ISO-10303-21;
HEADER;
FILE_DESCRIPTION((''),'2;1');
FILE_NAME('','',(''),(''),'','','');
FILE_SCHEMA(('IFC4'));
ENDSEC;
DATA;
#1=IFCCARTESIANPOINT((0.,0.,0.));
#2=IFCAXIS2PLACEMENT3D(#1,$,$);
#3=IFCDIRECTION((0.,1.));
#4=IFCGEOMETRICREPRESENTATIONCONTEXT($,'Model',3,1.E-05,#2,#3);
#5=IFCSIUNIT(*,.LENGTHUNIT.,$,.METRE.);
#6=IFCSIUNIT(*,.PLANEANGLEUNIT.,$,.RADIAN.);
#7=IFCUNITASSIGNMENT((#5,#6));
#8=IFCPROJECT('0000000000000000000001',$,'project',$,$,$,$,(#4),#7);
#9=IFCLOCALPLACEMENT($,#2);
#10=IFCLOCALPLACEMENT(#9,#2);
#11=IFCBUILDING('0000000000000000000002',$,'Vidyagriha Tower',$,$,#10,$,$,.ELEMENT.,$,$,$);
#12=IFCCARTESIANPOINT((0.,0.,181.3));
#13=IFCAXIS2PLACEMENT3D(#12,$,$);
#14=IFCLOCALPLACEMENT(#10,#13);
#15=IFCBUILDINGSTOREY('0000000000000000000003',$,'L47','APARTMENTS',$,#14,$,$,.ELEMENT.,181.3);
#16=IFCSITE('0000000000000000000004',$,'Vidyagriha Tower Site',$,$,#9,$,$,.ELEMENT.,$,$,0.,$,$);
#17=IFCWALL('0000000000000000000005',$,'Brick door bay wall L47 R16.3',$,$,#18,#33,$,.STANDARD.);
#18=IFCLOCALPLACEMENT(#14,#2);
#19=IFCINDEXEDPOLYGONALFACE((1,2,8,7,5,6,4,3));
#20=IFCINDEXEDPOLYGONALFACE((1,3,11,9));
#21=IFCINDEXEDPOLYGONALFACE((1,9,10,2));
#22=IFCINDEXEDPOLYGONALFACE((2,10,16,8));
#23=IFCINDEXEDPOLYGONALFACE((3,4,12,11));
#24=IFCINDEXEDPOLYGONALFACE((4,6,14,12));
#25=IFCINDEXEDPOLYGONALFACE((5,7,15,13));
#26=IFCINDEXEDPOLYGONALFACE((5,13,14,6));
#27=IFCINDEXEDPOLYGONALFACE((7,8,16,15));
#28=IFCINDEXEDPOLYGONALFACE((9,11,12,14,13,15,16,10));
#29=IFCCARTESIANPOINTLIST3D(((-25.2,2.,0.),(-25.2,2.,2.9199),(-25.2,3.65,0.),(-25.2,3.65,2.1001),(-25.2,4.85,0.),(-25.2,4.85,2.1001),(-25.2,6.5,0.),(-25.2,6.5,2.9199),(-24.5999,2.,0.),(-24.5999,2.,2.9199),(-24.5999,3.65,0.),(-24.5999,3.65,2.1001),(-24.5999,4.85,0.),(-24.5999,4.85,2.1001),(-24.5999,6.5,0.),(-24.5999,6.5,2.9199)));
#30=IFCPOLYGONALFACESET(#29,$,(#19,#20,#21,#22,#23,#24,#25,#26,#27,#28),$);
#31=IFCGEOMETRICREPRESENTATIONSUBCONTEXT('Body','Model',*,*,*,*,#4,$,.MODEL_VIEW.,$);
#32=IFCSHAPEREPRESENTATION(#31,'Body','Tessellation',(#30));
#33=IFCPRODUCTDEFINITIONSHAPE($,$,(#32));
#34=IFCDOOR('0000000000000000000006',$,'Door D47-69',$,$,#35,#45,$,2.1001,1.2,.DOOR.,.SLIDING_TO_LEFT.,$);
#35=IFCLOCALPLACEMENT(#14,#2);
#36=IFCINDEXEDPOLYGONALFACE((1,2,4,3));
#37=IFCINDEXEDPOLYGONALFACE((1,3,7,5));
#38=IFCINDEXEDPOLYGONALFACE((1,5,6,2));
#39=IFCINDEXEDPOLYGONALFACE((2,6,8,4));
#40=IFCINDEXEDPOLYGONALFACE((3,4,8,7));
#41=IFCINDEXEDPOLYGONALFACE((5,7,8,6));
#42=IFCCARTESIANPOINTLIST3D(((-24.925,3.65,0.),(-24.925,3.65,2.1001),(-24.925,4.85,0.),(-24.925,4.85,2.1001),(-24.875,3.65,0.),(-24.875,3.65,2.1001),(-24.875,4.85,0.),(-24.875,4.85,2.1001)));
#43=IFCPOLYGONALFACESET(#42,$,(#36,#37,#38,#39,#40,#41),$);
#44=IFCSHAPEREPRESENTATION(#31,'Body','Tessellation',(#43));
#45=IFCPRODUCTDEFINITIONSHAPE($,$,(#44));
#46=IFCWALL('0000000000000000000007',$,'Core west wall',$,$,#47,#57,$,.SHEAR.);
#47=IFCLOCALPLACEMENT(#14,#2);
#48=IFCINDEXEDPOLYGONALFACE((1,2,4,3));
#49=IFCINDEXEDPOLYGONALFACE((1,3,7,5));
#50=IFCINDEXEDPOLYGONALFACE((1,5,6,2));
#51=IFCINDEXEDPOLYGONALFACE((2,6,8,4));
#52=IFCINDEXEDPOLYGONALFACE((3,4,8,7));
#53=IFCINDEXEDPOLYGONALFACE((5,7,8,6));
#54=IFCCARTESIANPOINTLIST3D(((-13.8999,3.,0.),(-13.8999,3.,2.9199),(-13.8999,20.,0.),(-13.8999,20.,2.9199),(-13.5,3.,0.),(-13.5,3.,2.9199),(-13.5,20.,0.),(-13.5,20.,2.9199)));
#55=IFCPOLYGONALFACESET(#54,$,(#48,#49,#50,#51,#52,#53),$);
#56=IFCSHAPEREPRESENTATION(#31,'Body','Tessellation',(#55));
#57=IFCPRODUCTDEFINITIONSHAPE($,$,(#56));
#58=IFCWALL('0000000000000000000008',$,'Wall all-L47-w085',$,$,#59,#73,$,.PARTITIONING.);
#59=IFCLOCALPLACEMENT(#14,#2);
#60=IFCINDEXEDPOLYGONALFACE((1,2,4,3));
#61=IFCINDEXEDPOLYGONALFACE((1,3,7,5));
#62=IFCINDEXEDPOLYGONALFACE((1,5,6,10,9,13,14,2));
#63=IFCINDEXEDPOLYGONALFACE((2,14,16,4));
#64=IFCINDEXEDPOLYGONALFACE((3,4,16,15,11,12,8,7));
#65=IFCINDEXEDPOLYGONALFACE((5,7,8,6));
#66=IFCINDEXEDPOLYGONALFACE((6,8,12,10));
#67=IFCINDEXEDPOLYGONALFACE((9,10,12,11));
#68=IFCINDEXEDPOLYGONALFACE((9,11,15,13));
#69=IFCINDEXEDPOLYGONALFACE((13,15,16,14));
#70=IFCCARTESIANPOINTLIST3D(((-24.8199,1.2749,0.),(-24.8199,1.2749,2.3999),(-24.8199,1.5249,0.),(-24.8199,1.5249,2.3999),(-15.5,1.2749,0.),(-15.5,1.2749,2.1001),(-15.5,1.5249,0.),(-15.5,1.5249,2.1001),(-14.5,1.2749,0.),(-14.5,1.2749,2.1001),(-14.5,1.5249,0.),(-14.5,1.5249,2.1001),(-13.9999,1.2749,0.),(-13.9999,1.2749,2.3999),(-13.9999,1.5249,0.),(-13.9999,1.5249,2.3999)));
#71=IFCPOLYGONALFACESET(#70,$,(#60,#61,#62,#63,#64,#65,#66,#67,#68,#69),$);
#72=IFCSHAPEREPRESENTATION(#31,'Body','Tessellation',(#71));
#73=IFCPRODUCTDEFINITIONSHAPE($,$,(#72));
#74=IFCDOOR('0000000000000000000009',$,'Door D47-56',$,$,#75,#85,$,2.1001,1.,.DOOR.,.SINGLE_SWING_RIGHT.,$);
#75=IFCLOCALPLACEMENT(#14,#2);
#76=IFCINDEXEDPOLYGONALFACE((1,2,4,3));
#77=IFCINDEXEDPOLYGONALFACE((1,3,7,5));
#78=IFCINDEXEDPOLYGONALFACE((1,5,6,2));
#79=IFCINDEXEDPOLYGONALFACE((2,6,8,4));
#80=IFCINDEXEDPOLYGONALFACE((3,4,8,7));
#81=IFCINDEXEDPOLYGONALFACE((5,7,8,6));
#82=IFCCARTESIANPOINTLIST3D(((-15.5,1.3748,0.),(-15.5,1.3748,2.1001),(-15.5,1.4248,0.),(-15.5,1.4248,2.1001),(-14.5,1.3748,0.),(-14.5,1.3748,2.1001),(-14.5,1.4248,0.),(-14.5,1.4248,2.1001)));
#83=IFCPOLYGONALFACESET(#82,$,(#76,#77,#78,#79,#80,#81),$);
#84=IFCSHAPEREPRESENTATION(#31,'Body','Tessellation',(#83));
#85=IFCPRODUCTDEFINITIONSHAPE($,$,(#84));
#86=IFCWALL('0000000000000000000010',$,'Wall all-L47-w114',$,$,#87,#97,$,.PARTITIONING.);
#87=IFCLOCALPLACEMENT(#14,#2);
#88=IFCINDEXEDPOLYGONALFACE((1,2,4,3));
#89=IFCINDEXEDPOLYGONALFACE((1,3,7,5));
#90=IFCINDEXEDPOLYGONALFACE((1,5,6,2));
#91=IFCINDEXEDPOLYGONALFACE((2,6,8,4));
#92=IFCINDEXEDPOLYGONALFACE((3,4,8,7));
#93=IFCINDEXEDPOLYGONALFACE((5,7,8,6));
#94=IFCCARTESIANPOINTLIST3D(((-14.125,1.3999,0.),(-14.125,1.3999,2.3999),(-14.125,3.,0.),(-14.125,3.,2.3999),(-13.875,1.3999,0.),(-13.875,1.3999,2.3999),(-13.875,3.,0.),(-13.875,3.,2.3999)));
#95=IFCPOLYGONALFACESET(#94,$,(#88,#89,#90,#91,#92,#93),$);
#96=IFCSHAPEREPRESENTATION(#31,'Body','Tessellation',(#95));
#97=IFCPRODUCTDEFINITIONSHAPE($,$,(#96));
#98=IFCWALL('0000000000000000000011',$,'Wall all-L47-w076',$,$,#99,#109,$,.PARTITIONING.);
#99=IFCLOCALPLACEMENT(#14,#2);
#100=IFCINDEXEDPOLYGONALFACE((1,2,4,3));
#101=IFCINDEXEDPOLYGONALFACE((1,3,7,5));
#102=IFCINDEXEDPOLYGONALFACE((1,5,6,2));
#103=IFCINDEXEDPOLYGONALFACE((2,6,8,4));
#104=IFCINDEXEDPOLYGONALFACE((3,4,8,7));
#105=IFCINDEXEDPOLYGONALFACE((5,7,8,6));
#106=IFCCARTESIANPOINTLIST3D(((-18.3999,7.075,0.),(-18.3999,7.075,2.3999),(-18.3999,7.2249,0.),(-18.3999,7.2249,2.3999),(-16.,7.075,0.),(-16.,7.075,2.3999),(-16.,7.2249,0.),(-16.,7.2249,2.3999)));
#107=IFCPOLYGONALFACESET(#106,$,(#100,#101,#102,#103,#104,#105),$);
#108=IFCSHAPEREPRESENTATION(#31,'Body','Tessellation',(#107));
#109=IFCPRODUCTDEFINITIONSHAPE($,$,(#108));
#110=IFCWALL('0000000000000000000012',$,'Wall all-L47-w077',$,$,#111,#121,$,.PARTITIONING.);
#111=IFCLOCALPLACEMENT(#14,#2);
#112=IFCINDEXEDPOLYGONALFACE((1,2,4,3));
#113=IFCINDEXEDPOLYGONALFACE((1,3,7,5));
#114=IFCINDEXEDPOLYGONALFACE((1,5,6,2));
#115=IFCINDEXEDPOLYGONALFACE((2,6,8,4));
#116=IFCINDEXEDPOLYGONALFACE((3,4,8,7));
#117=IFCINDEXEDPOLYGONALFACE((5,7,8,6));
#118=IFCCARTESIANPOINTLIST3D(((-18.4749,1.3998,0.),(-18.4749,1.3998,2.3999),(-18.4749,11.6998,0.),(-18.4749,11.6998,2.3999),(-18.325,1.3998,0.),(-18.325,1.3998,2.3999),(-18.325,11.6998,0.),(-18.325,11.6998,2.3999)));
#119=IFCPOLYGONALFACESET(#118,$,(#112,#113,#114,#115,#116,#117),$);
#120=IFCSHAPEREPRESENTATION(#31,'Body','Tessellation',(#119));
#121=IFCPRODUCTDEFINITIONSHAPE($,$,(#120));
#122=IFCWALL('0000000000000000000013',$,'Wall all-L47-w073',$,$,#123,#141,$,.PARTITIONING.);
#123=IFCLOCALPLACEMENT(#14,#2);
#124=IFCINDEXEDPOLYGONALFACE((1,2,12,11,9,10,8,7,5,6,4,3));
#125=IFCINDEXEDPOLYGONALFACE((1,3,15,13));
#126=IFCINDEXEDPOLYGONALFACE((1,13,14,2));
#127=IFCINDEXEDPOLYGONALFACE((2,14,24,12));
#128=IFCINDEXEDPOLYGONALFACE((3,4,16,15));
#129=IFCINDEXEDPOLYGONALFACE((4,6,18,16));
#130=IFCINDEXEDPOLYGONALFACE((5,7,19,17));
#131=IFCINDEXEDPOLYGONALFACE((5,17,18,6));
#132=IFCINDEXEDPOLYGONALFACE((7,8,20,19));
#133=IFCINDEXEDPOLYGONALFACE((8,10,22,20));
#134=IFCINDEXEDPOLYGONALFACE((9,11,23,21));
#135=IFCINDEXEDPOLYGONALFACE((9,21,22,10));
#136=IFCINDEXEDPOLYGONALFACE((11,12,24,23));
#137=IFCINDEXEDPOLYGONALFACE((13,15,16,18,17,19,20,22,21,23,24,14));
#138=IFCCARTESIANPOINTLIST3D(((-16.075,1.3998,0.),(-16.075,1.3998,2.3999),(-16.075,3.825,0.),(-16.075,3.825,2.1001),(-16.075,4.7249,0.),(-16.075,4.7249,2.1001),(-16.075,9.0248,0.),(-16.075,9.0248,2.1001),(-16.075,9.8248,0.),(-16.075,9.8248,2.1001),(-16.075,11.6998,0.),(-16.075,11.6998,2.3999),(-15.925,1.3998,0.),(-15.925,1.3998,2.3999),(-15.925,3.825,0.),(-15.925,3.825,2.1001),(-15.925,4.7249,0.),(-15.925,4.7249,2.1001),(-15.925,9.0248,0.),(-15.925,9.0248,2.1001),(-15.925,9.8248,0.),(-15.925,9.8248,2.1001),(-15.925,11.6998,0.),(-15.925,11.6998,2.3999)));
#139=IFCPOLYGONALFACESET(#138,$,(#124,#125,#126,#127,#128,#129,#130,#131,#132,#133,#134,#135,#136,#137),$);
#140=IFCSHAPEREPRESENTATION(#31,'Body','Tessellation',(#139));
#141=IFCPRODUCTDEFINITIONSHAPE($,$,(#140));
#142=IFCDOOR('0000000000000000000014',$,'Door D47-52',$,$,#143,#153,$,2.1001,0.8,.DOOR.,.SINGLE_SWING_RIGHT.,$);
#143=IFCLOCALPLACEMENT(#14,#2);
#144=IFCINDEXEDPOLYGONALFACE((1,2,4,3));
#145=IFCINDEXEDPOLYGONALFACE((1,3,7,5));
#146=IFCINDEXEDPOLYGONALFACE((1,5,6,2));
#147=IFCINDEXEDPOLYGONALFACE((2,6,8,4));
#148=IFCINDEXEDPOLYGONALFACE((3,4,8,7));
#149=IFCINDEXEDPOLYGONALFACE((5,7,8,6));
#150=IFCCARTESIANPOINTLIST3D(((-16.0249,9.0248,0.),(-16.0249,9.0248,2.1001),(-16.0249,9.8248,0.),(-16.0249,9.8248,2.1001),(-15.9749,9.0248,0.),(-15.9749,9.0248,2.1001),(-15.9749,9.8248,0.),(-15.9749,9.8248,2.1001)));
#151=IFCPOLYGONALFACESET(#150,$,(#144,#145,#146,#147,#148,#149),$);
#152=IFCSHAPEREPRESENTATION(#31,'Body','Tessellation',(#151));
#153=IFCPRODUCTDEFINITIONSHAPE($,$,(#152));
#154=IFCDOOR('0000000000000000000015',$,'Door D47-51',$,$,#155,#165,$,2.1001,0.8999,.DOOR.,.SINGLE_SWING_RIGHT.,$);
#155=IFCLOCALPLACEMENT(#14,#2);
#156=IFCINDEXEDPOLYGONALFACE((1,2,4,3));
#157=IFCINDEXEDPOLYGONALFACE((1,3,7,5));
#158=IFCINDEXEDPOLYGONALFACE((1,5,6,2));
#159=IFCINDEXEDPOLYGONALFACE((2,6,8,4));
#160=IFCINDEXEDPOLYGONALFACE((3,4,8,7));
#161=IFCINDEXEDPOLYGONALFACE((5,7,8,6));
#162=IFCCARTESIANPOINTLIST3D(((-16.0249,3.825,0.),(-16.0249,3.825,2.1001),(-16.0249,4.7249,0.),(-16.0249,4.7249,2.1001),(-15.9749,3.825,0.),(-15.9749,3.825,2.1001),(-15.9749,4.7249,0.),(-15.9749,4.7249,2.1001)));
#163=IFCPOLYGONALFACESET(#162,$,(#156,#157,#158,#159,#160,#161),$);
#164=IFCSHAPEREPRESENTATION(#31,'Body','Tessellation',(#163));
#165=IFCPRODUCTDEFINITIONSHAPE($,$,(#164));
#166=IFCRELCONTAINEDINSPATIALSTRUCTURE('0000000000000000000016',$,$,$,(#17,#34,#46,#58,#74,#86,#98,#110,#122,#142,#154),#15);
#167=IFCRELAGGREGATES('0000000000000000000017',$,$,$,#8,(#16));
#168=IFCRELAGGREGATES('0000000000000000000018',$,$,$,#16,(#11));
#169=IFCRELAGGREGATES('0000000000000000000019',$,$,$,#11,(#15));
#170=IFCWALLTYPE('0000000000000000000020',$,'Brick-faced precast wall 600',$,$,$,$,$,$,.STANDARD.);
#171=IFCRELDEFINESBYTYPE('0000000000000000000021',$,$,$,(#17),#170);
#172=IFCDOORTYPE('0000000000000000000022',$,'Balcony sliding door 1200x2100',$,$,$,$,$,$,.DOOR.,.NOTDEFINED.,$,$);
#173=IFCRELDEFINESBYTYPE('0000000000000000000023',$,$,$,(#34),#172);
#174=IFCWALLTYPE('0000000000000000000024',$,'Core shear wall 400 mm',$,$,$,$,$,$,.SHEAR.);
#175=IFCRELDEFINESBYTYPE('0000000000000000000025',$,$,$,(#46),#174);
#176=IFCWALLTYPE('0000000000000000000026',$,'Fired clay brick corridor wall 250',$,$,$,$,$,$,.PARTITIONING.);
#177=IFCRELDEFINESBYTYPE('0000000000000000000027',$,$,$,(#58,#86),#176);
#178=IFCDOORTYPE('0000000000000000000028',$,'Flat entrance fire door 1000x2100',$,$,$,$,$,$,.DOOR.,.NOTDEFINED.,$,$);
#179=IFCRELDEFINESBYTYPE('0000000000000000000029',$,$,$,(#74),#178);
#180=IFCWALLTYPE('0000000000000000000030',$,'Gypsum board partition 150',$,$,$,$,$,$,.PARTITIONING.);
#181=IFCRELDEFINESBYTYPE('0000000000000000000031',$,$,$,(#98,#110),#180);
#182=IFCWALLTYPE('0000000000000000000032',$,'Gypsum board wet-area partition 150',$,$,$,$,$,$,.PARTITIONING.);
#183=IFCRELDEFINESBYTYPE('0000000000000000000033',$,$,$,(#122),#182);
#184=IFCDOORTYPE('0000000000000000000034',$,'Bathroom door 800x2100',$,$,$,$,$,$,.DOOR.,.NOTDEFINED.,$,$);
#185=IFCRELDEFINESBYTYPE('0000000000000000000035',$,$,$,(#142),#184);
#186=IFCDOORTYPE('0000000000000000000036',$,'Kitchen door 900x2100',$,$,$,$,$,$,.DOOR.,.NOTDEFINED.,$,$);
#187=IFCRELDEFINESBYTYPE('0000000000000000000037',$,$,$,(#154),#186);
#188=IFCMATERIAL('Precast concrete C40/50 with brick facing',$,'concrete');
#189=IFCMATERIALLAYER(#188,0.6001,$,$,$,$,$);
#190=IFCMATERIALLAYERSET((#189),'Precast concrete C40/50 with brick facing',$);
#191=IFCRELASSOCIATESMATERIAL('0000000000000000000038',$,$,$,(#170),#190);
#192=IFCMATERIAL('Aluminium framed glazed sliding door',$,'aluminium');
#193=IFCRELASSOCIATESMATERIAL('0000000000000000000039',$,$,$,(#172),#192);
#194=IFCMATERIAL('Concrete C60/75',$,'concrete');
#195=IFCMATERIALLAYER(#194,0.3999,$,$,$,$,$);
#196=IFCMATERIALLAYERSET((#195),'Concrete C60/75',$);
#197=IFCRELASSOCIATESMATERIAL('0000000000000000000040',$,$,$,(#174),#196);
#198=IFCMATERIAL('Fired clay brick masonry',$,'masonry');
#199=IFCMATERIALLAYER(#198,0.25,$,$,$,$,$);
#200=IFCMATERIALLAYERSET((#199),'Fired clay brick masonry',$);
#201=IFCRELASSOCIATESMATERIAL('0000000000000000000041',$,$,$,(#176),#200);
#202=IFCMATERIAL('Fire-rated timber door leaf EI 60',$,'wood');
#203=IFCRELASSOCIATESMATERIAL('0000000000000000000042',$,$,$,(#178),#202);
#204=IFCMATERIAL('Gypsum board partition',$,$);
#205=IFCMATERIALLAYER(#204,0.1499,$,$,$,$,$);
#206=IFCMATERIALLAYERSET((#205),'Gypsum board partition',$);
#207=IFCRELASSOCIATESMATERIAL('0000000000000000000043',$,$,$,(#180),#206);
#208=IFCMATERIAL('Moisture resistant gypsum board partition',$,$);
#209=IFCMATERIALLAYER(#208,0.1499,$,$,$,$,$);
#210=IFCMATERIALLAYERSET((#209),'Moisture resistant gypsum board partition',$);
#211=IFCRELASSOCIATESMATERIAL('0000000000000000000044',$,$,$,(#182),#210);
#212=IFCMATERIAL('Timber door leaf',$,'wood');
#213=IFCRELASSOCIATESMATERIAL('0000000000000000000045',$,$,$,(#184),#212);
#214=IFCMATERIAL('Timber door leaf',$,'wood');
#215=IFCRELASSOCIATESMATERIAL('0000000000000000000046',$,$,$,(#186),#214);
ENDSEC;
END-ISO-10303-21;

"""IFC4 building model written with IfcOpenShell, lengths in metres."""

from ifc_helpers import new_model, si_unit, direction, frame, frame_2d, origin, place, context, subcontext, project, spatial, rectangle, extrude, material, layer, layer_set, type_object, element, fill, save


model = new_model("IFC4")

# Units and contexts
model_context = context("Model", 3, precision=1e-05, world=origin(), true_north=direction((0.0, 1.0)))
body_context = subcontext(model_context, "Body", "Model", "MODEL_VIEW")
ifc_project = project(units=[si_unit("LENGTHUNIT", "METRE"), si_unit("PLANEANGLEUNIT", "RADIAN")], contexts=[model_context])

# Site, building, storey
site_placement = place(None, origin())
site = spatial("IfcSite", under=ifc_project, at=site_placement, Name="Vidyagriha Tower Site", CompositionType="ELEMENT", RefElevation=0.0)
building_placement = place(site_placement, origin())
building = spatial("IfcBuilding", under=site, at=building_placement, Name="Vidyagriha Tower", CompositionType="ELEMENT")
storey_placement = place(building_placement, frame((0.0, 0.0, 181.3)))
storey = spatial("IfcBuildingStorey", under=building, at=storey_placement, Name="L47", Description="APARTMENTS", CompositionType="ELEMENT", Elevation=181.3)

# Wall, opening, door
ifc_material_1 = material(Name="Precast concrete C40/50 with brick facing", Category="concrete")
ifc_layer_1 = layer(ifc_material_1, 0.6001)
ifc_layer_set_1 = layer_set([ifc_layer_1], Name="Precast concrete C40/50 with brick facing")
wall_type_1 = type_object("IfcWallType", Name="Brick-faced precast wall 600", PredefinedType="STANDARD", material=ifc_layer_set_1)
wall_1_placement = place(storey_placement, frame((-24.8999, 6.5, 0.0), z_axis=(0.0, 0.0, 1.0), x_axis=(0.0, -1.0, 0.0)))
wall_1 = element("IfcWall", 1, at=wall_1_placement, inside=storey, type_object=wall_type_1, Name="Brick door bay wall L47 R16.3", PredefinedType="STANDARD", context=body_context, shape_type="SweptSolid", body=[
    extrude(rectangle(XDim=4.5, YDim=0.6001, at=frame_2d((2.25, 0.0))), origin(), (0.0, 0.0, 1.0), 2.9199),
])
opening_1_placement = place(wall_1_placement, frame((1.6499, 0.0, 0.0)))
opening_1 = element("IfcOpeningElement", 2, at=opening_1_placement, cuts=wall_1, PredefinedType="OPENING", context=body_context, shape_type="SweptSolid", body=[
    extrude(rectangle(XDim=1.2, YDim=2.1001, at=frame_2d((0.6001, 1.05))), frame((0.0, 0.3101, 0.0), z_axis=(0.0, -1.0, 0.0), x_axis=(1.0, 0.0, 0.0)), (0.0, 0.0, 1.0), 0.6201),
])
ifc_material_2 = material(Name="Aluminium framed glazed sliding door", Category="aluminium")
door_type_1 = type_object("IfcDoorType", Name="Balcony sliding door 1200x2100", OperationType="NOTDEFINED", PredefinedType="DOOR", material=ifc_material_2)
door_1_placement = place(opening_1_placement, origin())
door_1 = element("IfcDoor", 3, at=door_1_placement, inside=storey, type_object=door_type_1, Name="Door D47-69", OperationType="SLIDING_TO_LEFT", OverallHeight=2.1001, OverallWidth=1.2, PredefinedType="DOOR", context=body_context, shape_type="SweptSolid", body=[
    extrude(rectangle(XDim=1.2, YDim=2.1001, at=frame_2d((0.6001, 1.05))), frame((0.0, 0.0249, 0.0), z_axis=(0.0, -1.0, 0.0), x_axis=(1.0, 0.0, 0.0)), (0.0, 0.0, 1.0), 0.05),
])
fill(opening_1, door_1)

# Wall
ifc_material_3 = material(Name="Concrete C60/75", Category="concrete")
ifc_layer_2 = layer(ifc_material_3, 0.3999)
ifc_layer_set_2 = layer_set([ifc_layer_2], Name="Concrete C60/75")
wall_type_2 = type_object("IfcWallType", Name="Core shear wall 400 mm", PredefinedType="SHEAR", material=ifc_layer_set_2)
wall_2_placement = place(storey_placement, frame((-13.7, 3.0, 0.0), z_axis=(0.0, 0.0, 1.0), x_axis=(0.0, 1.0, 0.0)))
element("IfcWall", 4, at=wall_2_placement, inside=storey, type_object=wall_type_2, Name="Core west wall", PredefinedType="SHEAR", context=body_context, shape_type="SweptSolid", body=[
    extrude(rectangle(XDim=17.0, YDim=0.3999, at=frame_2d((8.5, 0.0))), origin(), (0.0, 0.0, 1.0), 2.9199),
])

# Wall, opening, door
ifc_material_4 = material(Name="Fired clay brick masonry", Category="masonry")
ifc_layer_3 = layer(ifc_material_4, 0.25)
ifc_layer_set_3 = layer_set([ifc_layer_3], Name="Fired clay brick masonry")
wall_type_3 = type_object("IfcWallType", Name="Fired clay brick corridor wall 250", PredefinedType="PARTITIONING", material=ifc_layer_set_3)
wall_3_placement = place(storey_placement, frame((-24.8201, 1.3999, 0.0)))
wall_3 = element("IfcWall", 5, at=wall_3_placement, inside=storey, type_object=wall_type_3, Name="Wall all-L47-w085", PredefinedType="PARTITIONING", context=body_context, shape_type="SweptSolid", body=[
    extrude(rectangle(XDim=10.8201, YDim=0.25, at=frame_2d((5.4102, 0.0))), origin(), (0.0, 0.0, 1.0), 2.3999),
])
opening_2_placement = place(wall_3_placement, frame((9.3201, 0.0, 0.0)))
opening_2 = element("IfcOpeningElement", 6, at=opening_2_placement, cuts=wall_3, PredefinedType="OPENING", context=body_context, shape_type="SweptSolid", body=[
    extrude(rectangle(XDim=1.0, YDim=2.1001, at=frame_2d((0.5, 1.05))), frame((0.0, 0.135, 0.0), z_axis=(0.0, -1.0, 0.0), x_axis=(1.0, 0.0, 0.0)), (0.0, 0.0, 1.0), 0.27),
])
ifc_material_5 = material(Name="Fire-rated timber door leaf EI 60", Category="wood")
door_type_2 = type_object("IfcDoorType", Name="Flat entrance fire door 1000x2100", OperationType="NOTDEFINED", PredefinedType="DOOR", material=ifc_material_5)
door_2_placement = place(opening_2_placement, origin())
door_2 = element("IfcDoor", 7, at=door_2_placement, inside=storey, type_object=door_type_2, Name="Door D47-56", OperationType="SINGLE_SWING_RIGHT", OverallHeight=2.1001, OverallWidth=1.0, PredefinedType="DOOR", context=body_context, shape_type="SweptSolid", body=[
    extrude(rectangle(XDim=1.0, YDim=2.1001, at=frame_2d((0.5, 1.05))), frame((0.0, 0.0249, 0.0), z_axis=(0.0, -1.0, 0.0), x_axis=(1.0, 0.0, 0.0)), (0.0, 0.0, 1.0), 0.05),
])
fill(opening_2, door_2)

# Walls
wall_4_placement = place(storey_placement, frame((-14.0, 3.0, 0.0), z_axis=(0.0, 0.0, 1.0), x_axis=(0.0, -1.0, 0.0)))
element("IfcWall", 8, at=wall_4_placement, inside=storey, type_object=wall_type_3, Name="Wall all-L47-w114", PredefinedType="PARTITIONING", context=body_context, shape_type="SweptSolid", body=[
    extrude(rectangle(XDim=1.6001, YDim=0.25, at=frame_2d((0.8, 0.0))), origin(), (0.0, 0.0, 1.0), 2.3999),
])
ifc_material_6 = material(Name="Gypsum board partition")
ifc_layer_4 = layer(ifc_material_6, 0.1499)
ifc_layer_set_4 = layer_set([ifc_layer_4], Name="Gypsum board partition")
wall_type_4 = type_object("IfcWallType", Name="Gypsum board partition 150", PredefinedType="PARTITIONING", material=ifc_layer_set_4)
wall_5_placement = place(storey_placement, frame((-18.3999, 7.1499, 0.0)))
element("IfcWall", 9, at=wall_5_placement, inside=storey, type_object=wall_type_4, Name="Wall all-L47-w076", PredefinedType="PARTITIONING", context=body_context, shape_type="SweptSolid", body=[
    extrude(rectangle(XDim=2.3999, YDim=0.1499, at=frame_2d((1.2, 0.0))), origin(), (0.0, 0.0, 1.0), 2.3999),
])
wall_6_placement = place(storey_placement, frame((-18.3999, 1.3999, 0.0), z_axis=(0.0, 0.0, 1.0), x_axis=(0.0, 1.0, 0.0)))
element("IfcWall", 10, at=wall_6_placement, inside=storey, type_object=wall_type_4, Name="Wall all-L47-w077", PredefinedType="PARTITIONING", context=body_context, shape_type="SweptSolid", body=[
    extrude(rectangle(XDim=10.3, YDim=0.1499, at=frame_2d((5.1499, 0.0))), origin(), (0.0, 0.0, 1.0), 2.3999),
])

# Wall, openings, doors
ifc_material_7 = material(Name="Moisture resistant gypsum board partition")
ifc_layer_5 = layer(ifc_material_7, 0.1499)
ifc_layer_set_5 = layer_set([ifc_layer_5], Name="Moisture resistant gypsum board partition")
wall_type_5 = type_object("IfcWallType", Name="Gypsum board wet-area partition 150", PredefinedType="PARTITIONING", material=ifc_layer_set_5)
wall_7_placement = place(storey_placement, frame((-16.0, 1.3999, 0.0), z_axis=(0.0, 0.0, 1.0), x_axis=(0.0, 1.0, 0.0)))
wall_7 = element("IfcWall", 11, at=wall_7_placement, inside=storey, type_object=wall_type_5, Name="Wall all-L47-w073", PredefinedType="PARTITIONING", context=body_context, shape_type="SweptSolid", body=[
    extrude(rectangle(XDim=10.3, YDim=0.1499, at=frame_2d((5.1499, 0.0))), origin(), (0.0, 0.0, 1.0), 2.3999),
])
opening_3_placement = place(wall_7_placement, frame((2.425, 0.0, 0.0)))
opening_3 = element("IfcOpeningElement", 12, at=opening_3_placement, cuts=wall_7, PredefinedType="OPENING", context=body_context, shape_type="SweptSolid", body=[
    extrude(rectangle(XDim=0.8999, YDim=2.1001, at=frame_2d((0.45, 1.05))), frame((0.0, 0.085, 0.0), z_axis=(0.0, -1.0, 0.0), x_axis=(1.0, 0.0, 0.0)), (0.0, 0.0, 1.0), 0.1699),
])
opening_4_placement = place(wall_7_placement, frame((7.625, 0.0, 0.0)))
opening_4 = element("IfcOpeningElement", 13, at=opening_4_placement, cuts=wall_7, PredefinedType="OPENING", context=body_context, shape_type="SweptSolid", body=[
    extrude(rectangle(XDim=0.8, YDim=2.1001, at=frame_2d((0.3999, 1.05))), frame((0.0, 0.085, 0.0), z_axis=(0.0, -1.0, 0.0), x_axis=(1.0, 0.0, 0.0)), (0.0, 0.0, 1.0), 0.1699),
])
ifc_material_8 = material(Name="Timber door leaf", Category="wood")
door_type_3 = type_object("IfcDoorType", Name="Bathroom door 800x2100", OperationType="NOTDEFINED", PredefinedType="DOOR", material=ifc_material_8)
door_3_placement = place(opening_4_placement, origin())
door_3 = element("IfcDoor", 14, at=door_3_placement, inside=storey, type_object=door_type_3, Name="Door D47-52", OperationType="SINGLE_SWING_RIGHT", OverallHeight=2.1001, OverallWidth=0.8, PredefinedType="DOOR", context=body_context, shape_type="SweptSolid", body=[
    extrude(rectangle(XDim=0.8, YDim=2.1001, at=frame_2d((0.3999, 1.05))), frame((0.0, 0.0249, 0.0), z_axis=(0.0, -1.0, 0.0), x_axis=(1.0, 0.0, 0.0)), (0.0, 0.0, 1.0), 0.05),
])
fill(opening_4, door_3)
ifc_material_9 = material(Name="Timber door leaf", Category="wood")
door_type_4 = type_object("IfcDoorType", Name="Kitchen door 900x2100", OperationType="NOTDEFINED", PredefinedType="DOOR", material=ifc_material_9)
door_4_placement = place(opening_3_placement, origin())
door_4 = element("IfcDoor", 15, at=door_4_placement, inside=storey, type_object=door_type_4, Name="Door D47-51", OperationType="SINGLE_SWING_RIGHT", OverallHeight=2.1001, OverallWidth=0.8999, PredefinedType="DOOR", context=body_context, shape_type="SweptSolid", body=[
    extrude(rectangle(XDim=0.8999, YDim=2.1001, at=frame_2d((0.45, 1.05))), frame((0.0, 0.0249, 0.0), z_axis=(0.0, -1.0, 0.0), x_axis=(1.0, 0.0, 0.0)), (0.0, 0.0, 1.0), 0.05),
])
fill(opening_3, door_4)

save(model, "model.ifc")
